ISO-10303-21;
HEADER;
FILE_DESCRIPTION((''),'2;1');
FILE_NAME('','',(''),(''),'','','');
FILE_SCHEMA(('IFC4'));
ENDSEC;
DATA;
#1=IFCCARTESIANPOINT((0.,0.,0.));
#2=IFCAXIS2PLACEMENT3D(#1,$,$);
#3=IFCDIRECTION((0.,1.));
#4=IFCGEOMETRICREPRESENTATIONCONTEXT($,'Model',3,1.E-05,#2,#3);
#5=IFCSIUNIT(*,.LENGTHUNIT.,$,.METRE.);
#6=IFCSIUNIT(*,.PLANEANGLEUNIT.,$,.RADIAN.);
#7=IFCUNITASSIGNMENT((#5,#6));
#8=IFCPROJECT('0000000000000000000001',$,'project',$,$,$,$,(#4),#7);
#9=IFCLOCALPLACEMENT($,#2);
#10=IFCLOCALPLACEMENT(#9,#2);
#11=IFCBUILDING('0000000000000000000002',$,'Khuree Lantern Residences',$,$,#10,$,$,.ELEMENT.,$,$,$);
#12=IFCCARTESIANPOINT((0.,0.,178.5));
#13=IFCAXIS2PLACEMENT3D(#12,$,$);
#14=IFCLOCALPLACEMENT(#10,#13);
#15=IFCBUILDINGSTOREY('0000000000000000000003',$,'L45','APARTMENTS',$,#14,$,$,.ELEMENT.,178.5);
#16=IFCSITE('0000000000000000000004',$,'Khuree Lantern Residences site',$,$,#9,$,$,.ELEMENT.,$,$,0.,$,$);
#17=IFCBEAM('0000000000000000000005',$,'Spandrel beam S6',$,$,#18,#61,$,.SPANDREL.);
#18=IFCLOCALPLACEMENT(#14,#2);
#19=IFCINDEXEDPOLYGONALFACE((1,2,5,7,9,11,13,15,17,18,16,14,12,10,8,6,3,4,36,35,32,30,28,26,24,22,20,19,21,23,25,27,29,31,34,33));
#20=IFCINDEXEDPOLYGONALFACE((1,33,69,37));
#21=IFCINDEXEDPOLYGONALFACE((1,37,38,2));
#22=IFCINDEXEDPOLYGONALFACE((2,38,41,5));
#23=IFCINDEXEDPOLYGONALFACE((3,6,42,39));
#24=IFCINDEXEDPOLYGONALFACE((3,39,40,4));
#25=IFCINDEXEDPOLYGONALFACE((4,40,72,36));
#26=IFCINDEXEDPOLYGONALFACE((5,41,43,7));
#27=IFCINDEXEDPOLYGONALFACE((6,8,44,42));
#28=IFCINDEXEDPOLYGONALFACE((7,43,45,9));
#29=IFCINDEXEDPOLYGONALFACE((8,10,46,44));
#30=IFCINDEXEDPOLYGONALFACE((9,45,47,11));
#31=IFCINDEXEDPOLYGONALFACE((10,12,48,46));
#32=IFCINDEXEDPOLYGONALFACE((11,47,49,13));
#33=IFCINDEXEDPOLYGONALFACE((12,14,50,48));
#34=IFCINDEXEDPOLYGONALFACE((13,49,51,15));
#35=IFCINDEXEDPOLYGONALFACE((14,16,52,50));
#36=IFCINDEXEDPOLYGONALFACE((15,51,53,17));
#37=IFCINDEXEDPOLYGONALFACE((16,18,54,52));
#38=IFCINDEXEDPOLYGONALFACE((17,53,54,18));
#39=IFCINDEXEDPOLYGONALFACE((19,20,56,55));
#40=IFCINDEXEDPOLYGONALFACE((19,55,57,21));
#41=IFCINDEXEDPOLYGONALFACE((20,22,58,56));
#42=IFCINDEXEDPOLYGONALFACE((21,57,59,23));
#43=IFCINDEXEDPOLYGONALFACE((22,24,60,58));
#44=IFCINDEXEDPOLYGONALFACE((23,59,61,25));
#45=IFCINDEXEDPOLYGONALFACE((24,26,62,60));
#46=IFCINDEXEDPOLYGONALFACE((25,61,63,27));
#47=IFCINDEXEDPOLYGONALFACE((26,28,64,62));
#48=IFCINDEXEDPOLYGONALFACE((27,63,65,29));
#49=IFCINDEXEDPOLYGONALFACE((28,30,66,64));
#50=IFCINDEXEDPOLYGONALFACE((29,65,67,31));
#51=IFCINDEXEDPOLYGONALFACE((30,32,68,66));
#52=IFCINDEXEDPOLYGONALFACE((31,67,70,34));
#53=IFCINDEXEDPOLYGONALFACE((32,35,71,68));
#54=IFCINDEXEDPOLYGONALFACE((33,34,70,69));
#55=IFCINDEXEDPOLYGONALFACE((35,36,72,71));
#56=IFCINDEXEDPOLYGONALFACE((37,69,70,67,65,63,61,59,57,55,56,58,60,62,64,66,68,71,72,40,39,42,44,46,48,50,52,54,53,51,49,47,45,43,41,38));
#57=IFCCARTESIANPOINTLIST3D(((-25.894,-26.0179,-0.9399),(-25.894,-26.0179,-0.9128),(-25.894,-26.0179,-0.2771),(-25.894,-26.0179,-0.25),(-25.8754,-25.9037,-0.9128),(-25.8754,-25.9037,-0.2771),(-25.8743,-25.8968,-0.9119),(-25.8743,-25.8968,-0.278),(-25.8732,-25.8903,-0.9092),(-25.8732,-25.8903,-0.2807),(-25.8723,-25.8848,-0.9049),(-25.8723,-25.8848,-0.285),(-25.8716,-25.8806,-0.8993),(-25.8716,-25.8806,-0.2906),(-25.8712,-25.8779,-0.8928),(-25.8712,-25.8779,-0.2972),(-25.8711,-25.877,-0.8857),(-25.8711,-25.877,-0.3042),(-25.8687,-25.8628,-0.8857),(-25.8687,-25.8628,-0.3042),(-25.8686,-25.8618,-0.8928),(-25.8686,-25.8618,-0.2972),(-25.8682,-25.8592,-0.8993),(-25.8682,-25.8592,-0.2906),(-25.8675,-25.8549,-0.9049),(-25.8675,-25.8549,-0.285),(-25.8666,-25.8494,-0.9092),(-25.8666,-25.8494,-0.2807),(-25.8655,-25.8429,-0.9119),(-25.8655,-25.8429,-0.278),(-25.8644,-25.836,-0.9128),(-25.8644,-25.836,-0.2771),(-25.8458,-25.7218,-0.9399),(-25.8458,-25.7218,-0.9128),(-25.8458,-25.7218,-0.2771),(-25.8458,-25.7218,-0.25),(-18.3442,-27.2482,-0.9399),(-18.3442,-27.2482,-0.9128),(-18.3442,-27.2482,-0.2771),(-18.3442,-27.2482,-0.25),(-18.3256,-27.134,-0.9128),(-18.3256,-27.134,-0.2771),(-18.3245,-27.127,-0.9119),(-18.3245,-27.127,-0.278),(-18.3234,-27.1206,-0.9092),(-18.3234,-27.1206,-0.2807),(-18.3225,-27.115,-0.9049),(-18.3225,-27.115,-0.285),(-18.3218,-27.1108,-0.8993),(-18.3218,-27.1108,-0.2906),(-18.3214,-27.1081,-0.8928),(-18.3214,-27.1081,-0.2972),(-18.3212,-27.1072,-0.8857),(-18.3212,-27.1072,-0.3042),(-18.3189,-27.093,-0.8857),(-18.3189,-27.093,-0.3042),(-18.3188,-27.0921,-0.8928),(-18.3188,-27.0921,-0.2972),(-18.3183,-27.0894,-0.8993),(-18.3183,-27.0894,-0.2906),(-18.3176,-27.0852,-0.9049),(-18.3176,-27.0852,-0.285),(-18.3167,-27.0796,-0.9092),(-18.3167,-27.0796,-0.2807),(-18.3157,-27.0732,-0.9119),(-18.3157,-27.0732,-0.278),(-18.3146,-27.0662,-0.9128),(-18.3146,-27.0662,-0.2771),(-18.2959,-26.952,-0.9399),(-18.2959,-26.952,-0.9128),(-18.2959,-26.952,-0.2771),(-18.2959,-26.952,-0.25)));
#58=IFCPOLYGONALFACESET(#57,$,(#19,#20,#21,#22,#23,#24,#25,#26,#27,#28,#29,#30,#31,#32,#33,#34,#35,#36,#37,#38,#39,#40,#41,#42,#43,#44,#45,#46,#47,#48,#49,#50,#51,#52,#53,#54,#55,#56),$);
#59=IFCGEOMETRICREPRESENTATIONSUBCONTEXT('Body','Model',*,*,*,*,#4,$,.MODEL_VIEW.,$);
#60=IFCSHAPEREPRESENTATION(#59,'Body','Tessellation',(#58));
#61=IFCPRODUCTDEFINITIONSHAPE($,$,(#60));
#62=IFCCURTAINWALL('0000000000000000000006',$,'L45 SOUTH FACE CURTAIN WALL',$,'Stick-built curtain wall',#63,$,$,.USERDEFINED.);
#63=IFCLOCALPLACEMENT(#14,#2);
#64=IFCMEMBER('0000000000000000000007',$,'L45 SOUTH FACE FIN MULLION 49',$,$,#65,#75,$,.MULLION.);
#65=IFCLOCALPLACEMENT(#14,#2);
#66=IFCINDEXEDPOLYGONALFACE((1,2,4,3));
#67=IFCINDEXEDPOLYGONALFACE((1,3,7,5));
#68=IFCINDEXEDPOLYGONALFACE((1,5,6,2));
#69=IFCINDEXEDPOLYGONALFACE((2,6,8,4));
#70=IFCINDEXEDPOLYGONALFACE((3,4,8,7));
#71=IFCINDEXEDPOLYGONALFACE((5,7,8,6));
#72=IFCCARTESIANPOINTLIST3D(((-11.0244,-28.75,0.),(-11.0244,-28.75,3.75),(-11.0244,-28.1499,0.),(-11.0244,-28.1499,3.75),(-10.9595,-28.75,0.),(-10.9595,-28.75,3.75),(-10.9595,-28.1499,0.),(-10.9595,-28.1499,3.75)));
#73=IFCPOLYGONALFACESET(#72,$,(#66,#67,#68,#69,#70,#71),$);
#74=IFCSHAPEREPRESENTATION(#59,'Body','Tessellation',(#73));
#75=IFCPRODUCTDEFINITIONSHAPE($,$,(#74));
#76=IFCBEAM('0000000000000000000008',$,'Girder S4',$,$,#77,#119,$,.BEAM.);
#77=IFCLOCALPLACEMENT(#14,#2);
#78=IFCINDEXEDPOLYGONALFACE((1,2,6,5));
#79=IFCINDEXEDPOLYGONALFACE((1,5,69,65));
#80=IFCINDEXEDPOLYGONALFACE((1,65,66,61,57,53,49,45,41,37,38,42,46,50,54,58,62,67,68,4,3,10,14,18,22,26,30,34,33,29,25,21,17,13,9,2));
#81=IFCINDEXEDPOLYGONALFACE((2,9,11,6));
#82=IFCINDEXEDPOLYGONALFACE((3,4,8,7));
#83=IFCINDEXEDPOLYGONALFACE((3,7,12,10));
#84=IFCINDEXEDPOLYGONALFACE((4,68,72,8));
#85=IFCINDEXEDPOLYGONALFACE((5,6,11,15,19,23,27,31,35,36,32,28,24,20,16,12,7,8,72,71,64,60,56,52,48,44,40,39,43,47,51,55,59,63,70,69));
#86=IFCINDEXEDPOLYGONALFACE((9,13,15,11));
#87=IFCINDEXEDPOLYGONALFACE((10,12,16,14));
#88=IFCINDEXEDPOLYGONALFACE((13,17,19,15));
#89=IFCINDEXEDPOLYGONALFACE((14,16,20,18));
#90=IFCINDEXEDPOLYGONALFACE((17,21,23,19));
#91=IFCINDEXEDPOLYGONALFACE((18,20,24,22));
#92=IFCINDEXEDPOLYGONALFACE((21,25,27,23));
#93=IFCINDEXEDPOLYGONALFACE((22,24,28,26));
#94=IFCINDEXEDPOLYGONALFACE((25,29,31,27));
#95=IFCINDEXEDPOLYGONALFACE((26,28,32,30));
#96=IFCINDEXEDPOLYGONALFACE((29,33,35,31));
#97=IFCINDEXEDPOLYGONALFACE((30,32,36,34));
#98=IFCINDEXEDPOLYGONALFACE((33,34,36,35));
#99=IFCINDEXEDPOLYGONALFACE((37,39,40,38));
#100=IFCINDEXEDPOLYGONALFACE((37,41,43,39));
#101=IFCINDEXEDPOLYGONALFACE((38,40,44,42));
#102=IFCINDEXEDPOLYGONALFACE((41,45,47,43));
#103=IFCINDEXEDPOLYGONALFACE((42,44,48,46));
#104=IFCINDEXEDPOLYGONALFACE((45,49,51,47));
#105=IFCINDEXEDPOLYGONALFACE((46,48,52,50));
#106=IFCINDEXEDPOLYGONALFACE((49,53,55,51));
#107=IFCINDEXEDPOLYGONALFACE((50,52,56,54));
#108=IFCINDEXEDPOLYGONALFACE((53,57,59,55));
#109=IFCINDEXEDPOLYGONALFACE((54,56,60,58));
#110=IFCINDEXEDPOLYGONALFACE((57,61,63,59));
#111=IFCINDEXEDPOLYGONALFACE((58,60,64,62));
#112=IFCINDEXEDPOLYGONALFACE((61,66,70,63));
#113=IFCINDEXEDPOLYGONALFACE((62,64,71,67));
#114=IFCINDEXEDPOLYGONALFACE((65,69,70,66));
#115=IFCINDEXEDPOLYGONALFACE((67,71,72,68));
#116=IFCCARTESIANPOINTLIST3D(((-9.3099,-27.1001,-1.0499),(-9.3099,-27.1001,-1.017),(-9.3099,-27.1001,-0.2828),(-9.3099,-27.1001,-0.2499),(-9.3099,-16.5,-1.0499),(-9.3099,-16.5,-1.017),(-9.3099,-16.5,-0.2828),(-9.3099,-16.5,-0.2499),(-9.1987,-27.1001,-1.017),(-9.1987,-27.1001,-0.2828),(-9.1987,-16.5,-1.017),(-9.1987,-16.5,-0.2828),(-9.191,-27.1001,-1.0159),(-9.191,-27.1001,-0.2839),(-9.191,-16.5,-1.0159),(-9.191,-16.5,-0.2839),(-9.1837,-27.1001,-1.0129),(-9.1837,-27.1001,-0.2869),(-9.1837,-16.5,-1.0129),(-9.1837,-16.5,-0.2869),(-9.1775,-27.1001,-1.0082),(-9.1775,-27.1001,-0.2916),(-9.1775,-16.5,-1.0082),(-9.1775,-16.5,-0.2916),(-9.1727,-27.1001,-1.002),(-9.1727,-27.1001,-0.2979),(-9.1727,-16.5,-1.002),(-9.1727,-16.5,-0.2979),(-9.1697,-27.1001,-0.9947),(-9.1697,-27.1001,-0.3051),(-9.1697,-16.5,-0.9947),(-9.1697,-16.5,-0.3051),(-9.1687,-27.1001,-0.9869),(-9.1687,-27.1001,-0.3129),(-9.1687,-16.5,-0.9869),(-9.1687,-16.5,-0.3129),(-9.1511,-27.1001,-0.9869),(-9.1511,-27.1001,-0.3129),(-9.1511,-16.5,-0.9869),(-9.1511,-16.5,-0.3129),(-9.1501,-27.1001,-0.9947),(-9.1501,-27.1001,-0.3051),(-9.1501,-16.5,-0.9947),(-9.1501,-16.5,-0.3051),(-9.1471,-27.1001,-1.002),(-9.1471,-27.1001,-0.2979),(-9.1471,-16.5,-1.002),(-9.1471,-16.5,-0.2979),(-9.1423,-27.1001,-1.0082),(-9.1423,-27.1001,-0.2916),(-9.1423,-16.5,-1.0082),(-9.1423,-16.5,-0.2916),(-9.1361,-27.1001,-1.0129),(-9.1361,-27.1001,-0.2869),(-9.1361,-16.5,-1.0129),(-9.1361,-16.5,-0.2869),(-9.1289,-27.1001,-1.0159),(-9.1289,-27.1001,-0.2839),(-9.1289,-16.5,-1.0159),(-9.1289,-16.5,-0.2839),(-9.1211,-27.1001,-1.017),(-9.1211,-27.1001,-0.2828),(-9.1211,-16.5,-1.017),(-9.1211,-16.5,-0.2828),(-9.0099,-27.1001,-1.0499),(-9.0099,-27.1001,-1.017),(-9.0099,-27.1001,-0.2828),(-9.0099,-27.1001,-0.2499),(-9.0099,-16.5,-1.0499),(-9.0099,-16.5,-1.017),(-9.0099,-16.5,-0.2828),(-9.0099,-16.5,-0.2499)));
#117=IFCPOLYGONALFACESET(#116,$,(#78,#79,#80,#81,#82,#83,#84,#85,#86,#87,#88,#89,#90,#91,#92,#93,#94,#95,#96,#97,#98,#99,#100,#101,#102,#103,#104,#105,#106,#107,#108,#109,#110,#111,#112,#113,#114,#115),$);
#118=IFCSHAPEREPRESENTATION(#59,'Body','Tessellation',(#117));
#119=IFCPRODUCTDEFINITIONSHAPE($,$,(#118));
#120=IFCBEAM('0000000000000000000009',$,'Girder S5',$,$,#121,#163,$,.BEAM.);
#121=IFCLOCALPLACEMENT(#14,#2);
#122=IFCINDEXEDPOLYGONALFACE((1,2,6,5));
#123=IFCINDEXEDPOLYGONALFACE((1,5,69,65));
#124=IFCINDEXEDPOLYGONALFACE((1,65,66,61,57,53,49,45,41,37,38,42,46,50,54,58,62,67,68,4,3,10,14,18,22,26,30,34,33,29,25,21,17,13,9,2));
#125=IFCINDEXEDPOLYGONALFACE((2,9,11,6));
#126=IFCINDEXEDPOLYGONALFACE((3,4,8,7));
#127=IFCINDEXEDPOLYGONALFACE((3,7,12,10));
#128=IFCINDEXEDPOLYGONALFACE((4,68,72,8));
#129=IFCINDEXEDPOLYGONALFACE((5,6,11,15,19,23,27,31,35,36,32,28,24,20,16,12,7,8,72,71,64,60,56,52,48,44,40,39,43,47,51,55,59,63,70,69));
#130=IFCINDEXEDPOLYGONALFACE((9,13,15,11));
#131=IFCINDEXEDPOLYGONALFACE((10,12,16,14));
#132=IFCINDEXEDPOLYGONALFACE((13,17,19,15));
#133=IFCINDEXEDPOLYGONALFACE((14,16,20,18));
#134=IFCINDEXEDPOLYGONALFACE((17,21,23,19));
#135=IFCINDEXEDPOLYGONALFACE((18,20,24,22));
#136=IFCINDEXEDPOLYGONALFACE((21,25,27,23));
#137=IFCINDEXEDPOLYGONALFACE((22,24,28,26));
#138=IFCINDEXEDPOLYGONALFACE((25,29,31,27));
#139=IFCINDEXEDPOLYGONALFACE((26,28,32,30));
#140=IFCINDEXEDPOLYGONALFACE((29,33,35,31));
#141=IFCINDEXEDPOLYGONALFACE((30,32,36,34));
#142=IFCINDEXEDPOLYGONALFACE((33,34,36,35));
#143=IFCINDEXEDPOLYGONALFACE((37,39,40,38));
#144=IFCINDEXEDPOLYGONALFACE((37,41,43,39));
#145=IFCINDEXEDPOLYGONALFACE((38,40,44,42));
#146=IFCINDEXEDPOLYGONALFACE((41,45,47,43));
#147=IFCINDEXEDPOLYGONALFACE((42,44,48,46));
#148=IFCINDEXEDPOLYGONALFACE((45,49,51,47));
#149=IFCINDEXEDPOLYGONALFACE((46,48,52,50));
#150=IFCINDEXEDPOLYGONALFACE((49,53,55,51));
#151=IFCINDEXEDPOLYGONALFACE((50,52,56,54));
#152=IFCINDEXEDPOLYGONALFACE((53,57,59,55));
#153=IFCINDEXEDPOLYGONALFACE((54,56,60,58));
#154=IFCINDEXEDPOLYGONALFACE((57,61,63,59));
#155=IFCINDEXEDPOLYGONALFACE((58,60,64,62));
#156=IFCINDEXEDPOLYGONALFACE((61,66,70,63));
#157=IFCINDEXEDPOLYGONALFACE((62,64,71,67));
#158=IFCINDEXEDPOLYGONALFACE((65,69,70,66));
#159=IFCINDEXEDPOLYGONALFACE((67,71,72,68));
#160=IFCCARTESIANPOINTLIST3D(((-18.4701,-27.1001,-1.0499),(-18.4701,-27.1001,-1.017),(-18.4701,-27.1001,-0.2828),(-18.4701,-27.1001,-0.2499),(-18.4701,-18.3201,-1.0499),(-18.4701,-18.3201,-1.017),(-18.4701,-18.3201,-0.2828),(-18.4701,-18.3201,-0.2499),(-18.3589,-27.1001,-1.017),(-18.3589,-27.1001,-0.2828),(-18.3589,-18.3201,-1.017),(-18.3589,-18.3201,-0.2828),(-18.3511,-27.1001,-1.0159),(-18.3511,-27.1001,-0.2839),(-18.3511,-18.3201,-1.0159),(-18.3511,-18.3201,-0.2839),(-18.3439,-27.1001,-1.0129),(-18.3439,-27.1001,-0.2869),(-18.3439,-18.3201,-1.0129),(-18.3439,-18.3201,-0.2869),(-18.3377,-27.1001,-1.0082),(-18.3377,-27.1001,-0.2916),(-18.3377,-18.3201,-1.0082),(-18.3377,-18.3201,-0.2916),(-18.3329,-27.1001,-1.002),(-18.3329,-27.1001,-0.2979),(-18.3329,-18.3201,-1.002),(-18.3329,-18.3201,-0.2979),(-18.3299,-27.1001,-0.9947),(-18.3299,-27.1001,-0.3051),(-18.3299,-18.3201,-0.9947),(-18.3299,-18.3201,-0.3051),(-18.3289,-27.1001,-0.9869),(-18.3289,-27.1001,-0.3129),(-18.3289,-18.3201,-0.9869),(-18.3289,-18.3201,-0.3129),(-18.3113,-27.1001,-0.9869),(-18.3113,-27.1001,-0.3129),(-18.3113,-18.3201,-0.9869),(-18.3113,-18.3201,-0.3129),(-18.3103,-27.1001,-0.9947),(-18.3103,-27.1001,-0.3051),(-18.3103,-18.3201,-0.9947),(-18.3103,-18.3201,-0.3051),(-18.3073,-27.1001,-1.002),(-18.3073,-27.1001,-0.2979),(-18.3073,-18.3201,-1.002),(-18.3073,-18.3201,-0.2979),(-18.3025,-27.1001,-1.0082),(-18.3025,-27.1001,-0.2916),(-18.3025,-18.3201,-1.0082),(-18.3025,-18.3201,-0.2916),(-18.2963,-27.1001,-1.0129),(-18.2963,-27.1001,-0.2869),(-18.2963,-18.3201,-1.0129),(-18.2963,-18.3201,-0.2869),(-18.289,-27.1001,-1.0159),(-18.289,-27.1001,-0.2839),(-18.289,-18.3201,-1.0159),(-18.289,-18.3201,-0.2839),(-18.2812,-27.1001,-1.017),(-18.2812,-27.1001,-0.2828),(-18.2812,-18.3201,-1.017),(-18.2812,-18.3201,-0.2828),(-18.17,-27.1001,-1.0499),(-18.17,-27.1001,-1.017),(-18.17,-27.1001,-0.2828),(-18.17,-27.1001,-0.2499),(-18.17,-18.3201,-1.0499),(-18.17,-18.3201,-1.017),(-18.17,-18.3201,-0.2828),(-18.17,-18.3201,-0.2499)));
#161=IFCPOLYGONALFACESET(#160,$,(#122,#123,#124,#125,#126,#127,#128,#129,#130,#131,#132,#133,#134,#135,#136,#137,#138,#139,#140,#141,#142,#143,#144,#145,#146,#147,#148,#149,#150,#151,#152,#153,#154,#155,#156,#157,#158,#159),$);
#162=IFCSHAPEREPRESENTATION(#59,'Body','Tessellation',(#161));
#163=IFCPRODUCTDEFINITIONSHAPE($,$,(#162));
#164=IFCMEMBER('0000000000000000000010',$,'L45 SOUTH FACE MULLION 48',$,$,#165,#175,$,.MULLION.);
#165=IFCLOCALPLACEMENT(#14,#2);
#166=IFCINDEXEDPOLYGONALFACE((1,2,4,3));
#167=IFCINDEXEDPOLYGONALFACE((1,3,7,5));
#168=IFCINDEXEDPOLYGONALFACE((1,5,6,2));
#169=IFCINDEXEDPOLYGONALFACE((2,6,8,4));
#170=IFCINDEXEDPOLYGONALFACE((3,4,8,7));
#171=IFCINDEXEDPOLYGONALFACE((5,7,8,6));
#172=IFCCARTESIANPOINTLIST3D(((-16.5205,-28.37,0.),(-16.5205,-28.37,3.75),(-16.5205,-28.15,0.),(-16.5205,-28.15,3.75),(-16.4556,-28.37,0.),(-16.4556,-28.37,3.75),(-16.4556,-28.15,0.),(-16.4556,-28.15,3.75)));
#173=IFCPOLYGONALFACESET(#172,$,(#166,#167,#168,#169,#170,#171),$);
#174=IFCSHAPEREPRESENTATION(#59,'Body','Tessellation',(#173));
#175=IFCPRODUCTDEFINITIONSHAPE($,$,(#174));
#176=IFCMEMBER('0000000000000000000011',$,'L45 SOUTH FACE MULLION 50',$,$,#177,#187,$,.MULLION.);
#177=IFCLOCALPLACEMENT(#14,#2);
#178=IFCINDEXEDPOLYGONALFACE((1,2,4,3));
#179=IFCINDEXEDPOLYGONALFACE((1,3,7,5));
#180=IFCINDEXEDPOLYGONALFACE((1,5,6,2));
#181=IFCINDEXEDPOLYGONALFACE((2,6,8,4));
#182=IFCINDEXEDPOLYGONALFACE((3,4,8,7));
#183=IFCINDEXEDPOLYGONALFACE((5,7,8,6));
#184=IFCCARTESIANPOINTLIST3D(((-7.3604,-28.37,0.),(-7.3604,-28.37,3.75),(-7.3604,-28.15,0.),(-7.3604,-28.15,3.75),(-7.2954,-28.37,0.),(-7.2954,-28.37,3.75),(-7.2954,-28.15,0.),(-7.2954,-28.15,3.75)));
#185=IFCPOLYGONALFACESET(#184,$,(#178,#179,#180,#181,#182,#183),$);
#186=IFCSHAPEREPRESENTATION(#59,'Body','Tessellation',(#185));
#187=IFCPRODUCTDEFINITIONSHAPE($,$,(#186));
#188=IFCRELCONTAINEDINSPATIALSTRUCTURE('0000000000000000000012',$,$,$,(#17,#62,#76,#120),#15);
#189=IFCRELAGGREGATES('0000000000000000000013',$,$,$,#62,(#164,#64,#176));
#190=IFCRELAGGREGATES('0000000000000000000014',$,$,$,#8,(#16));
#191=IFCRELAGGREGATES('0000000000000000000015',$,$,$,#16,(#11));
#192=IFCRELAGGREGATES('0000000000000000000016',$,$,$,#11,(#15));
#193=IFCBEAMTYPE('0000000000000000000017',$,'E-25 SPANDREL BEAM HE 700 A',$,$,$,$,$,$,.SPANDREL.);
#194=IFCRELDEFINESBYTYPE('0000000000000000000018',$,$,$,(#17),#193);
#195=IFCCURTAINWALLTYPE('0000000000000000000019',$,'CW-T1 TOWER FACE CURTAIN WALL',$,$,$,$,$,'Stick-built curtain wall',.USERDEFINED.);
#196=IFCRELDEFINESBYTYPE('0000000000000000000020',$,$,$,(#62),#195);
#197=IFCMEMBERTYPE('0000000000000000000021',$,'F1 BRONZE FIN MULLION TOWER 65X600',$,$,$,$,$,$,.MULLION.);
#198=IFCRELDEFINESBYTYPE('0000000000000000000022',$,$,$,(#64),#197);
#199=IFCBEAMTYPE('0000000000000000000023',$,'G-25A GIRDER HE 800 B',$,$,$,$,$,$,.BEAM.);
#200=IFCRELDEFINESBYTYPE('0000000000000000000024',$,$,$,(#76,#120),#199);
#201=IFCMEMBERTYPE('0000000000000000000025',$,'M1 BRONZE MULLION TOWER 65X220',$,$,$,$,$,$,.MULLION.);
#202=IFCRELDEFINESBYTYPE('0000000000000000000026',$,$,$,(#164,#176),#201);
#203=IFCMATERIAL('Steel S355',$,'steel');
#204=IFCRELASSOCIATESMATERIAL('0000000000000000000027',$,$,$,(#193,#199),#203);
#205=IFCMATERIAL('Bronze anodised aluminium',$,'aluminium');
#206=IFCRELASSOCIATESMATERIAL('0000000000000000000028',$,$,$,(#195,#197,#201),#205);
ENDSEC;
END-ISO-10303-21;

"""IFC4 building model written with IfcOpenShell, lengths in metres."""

from ifc_helpers import new_model, si_unit, direction, frame, origin, origin_2d, place, context, subcontext, project, spatial, rectangle, i_section, extrude, material, material_profile, profile_set, type_object, element, aggregate, save


model = new_model("IFC4")

# Units and contexts
model_context = context("Model", 3, precision=1e-05, world=origin(), true_north=direction((0.0, 1.0)))
body_context = subcontext(model_context, "Body", "Model", "MODEL_VIEW")
ifc_project = project(units=[si_unit("LENGTHUNIT", "METRE"), si_unit("PLANEANGLEUNIT", "RADIAN")], contexts=[model_context])

# Site, building, storey
site_placement = place(None, origin())
site = spatial("IfcSite", under=ifc_project, at=site_placement, Name="Khuree Lantern Residences site", CompositionType="ELEMENT", RefElevation=0.0)
building_placement = place(site_placement, origin())
building = spatial("IfcBuilding", under=site, at=building_placement, Name="Khuree Lantern Residences", CompositionType="ELEMENT")
storey_placement = place(building_placement, frame((0.0, 0.0, 178.5)))
storey = spatial("IfcBuildingStorey", under=building, at=storey_placement, Name="L45", Description="APARTMENTS", CompositionType="ELEMENT", Elevation=178.5)

# Beam
ifc_material_1 = material(Name="Steel S355", Category="steel")
ifc_material_profile_1 = material_profile(ifc_material_1, i_section(OverallWidth=0.3, OverallDepth=0.6899, WebThickness=0.0144, FlangeThickness=0.0271, FilletRadius=0.0271, at=origin_2d()), Name="HE 700 A")
ifc_profile_set_1 = profile_set([ifc_material_profile_1], Name="Steel S355")
beam_type_1 = type_object("IfcBeamType", Name="E-25 SPANDREL BEAM HE 700 A", PredefinedType="SPANDREL", material=ifc_profile_set_1)
beam_1_placement = place(storey_placement, frame((-18.3201, -27.1001, -0.595), z_axis=(-0.986983, 0.160827, 0.0), x_axis=(-0.160827, -0.986983, 0.0)))
element("IfcBeam", 1, at=beam_1_placement, inside=storey, type_object=beam_type_1, Name="Spandrel beam S6", PredefinedType="SPANDREL", context=body_context, shape_type="SweptSolid", body=[
    extrude(i_section(OverallWidth=0.3, OverallDepth=0.6899, WebThickness=0.0144, FlangeThickness=0.0271, FilletRadius=0.0271, at=origin_2d()), origin(), (0.0, 0.0, 1.0), 7.6494),
])

# Curtain wall, member
ifc_material_2 = material(Name="Bronze anodised aluminium", Category="aluminium")
curtain_wall_type = type_object("IfcCurtainWallType", Name="CW-T1 TOWER FACE CURTAIN WALL", ElementType="Stick-built curtain wall", PredefinedType="USERDEFINED", material=ifc_material_2)
curtain_wall_placement = place(storey_placement, origin())
curtain_wall = element("IfcCurtainWall", 2, at=curtain_wall_placement, inside=storey, type_object=curtain_wall_type, Name="L45 SOUTH FACE CURTAIN WALL", ObjectType="Stick-built curtain wall", PredefinedType="USERDEFINED")
ifc_material_profile_2 = material_profile(ifc_material_2, rectangle(XDim=0.0649, YDim=0.6001, at=origin_2d()), Name="F1 65X600")
ifc_profile_set_2 = profile_set([ifc_material_profile_2], Name="Bronze anodised aluminium")
member_type_1 = type_object("IfcMemberType", Name="F1 BRONZE FIN MULLION TOWER 65X600", PredefinedType="MULLION", material=ifc_profile_set_2)
member_1_placement = place(storey_placement, frame((-10.9919, -28.45, 0.0), z_axis=(0.0, 0.0, 1.0), x_axis=(1.0, 0.0, 0.0)))
member_1 = element("IfcMember", 3, at=member_1_placement, type_object=member_type_1, Name="L45 SOUTH FACE FIN MULLION 49", PredefinedType="MULLION", context=body_context, shape_type="SweptSolid", body=[
    extrude(rectangle(XDim=0.0649, YDim=0.6001, at=origin_2d()), origin(), (0.0, 0.0, 1.0), 3.75),
])

# Beams
ifc_material_profile_3 = material_profile(ifc_material_1, i_section(OverallWidth=0.3, OverallDepth=0.8, WebThickness=0.0176, FlangeThickness=0.033, FilletRadius=0.03, at=origin_2d()), Name="HE 800 B")
ifc_profile_set_3 = profile_set([ifc_material_profile_3], Name="Steel S355")
beam_type_2 = type_object("IfcBeamType", Name="G-25A GIRDER HE 800 B", PredefinedType="BEAM", material=ifc_profile_set_3)
beam_2_placement = place(storey_placement, frame((-9.1599, -27.1001, -0.6499), z_axis=(0.0, 1.0, 0.0), x_axis=(-1.0, 0.0, 0.0)))
element("IfcBeam", 4, at=beam_2_placement, inside=storey, type_object=beam_type_2, Name="Girder S4", PredefinedType="BEAM", context=body_context, shape_type="SweptSolid", body=[
    extrude(i_section(OverallWidth=0.3, OverallDepth=0.8, WebThickness=0.0176, FlangeThickness=0.033, FilletRadius=0.03, at=origin_2d()), origin(), (0.0, 0.0, 1.0), 10.6001),
])
beam_3_placement = place(storey_placement, frame((-18.3201, -27.1001, -0.6499), z_axis=(0.0, 1.0, 0.0), x_axis=(-1.0, 0.0, 0.0)))
element("IfcBeam", 5, at=beam_3_placement, inside=storey, type_object=beam_type_2, Name="Girder S5", PredefinedType="BEAM", context=body_context, shape_type="SweptSolid", body=[
    extrude(i_section(OverallWidth=0.3, OverallDepth=0.8, WebThickness=0.0176, FlangeThickness=0.033, FilletRadius=0.03, at=origin_2d()), origin(), (0.0, 0.0, 1.0), 8.78),
])

# Members
ifc_material_profile_4 = material_profile(ifc_material_2, rectangle(XDim=0.0649, YDim=0.22, at=origin_2d()), Name="M1 65X220")
ifc_profile_set_4 = profile_set([ifc_material_profile_4], Name="Bronze anodised aluminium")
member_type_2 = type_object("IfcMemberType", Name="M1 BRONZE MULLION TOWER 65X220", PredefinedType="MULLION", material=ifc_profile_set_4)
member_2_placement = place(storey_placement, frame((-16.488, -28.26, 0.0), z_axis=(0.0, 0.0, 1.0), x_axis=(1.0, 0.0, 0.0)))
member_2 = element("IfcMember", 6, at=member_2_placement, type_object=member_type_2, Name="L45 SOUTH FACE MULLION 48", PredefinedType="MULLION", context=body_context, shape_type="SweptSolid", body=[
    extrude(rectangle(XDim=0.0649, YDim=0.22, at=origin_2d()), origin(), (0.0, 0.0, 1.0), 3.75),
])
member_3_placement = place(storey_placement, frame((-7.3279, -28.26, 0.0), z_axis=(0.0, 0.0, 1.0), x_axis=(1.0, 0.0, 0.0)))
member_3 = element("IfcMember", 7, at=member_3_placement, type_object=member_type_2, Name="L45 SOUTH FACE MULLION 50", PredefinedType="MULLION", context=body_context, shape_type="SweptSolid", body=[
    extrude(rectangle(XDim=0.0649, YDim=0.22, at=origin_2d()), origin(), (0.0, 0.0, 1.0), 3.75),
])

aggregate(curtain_wall, [member_2, member_1, member_3])

save(model, "model.ifc")
